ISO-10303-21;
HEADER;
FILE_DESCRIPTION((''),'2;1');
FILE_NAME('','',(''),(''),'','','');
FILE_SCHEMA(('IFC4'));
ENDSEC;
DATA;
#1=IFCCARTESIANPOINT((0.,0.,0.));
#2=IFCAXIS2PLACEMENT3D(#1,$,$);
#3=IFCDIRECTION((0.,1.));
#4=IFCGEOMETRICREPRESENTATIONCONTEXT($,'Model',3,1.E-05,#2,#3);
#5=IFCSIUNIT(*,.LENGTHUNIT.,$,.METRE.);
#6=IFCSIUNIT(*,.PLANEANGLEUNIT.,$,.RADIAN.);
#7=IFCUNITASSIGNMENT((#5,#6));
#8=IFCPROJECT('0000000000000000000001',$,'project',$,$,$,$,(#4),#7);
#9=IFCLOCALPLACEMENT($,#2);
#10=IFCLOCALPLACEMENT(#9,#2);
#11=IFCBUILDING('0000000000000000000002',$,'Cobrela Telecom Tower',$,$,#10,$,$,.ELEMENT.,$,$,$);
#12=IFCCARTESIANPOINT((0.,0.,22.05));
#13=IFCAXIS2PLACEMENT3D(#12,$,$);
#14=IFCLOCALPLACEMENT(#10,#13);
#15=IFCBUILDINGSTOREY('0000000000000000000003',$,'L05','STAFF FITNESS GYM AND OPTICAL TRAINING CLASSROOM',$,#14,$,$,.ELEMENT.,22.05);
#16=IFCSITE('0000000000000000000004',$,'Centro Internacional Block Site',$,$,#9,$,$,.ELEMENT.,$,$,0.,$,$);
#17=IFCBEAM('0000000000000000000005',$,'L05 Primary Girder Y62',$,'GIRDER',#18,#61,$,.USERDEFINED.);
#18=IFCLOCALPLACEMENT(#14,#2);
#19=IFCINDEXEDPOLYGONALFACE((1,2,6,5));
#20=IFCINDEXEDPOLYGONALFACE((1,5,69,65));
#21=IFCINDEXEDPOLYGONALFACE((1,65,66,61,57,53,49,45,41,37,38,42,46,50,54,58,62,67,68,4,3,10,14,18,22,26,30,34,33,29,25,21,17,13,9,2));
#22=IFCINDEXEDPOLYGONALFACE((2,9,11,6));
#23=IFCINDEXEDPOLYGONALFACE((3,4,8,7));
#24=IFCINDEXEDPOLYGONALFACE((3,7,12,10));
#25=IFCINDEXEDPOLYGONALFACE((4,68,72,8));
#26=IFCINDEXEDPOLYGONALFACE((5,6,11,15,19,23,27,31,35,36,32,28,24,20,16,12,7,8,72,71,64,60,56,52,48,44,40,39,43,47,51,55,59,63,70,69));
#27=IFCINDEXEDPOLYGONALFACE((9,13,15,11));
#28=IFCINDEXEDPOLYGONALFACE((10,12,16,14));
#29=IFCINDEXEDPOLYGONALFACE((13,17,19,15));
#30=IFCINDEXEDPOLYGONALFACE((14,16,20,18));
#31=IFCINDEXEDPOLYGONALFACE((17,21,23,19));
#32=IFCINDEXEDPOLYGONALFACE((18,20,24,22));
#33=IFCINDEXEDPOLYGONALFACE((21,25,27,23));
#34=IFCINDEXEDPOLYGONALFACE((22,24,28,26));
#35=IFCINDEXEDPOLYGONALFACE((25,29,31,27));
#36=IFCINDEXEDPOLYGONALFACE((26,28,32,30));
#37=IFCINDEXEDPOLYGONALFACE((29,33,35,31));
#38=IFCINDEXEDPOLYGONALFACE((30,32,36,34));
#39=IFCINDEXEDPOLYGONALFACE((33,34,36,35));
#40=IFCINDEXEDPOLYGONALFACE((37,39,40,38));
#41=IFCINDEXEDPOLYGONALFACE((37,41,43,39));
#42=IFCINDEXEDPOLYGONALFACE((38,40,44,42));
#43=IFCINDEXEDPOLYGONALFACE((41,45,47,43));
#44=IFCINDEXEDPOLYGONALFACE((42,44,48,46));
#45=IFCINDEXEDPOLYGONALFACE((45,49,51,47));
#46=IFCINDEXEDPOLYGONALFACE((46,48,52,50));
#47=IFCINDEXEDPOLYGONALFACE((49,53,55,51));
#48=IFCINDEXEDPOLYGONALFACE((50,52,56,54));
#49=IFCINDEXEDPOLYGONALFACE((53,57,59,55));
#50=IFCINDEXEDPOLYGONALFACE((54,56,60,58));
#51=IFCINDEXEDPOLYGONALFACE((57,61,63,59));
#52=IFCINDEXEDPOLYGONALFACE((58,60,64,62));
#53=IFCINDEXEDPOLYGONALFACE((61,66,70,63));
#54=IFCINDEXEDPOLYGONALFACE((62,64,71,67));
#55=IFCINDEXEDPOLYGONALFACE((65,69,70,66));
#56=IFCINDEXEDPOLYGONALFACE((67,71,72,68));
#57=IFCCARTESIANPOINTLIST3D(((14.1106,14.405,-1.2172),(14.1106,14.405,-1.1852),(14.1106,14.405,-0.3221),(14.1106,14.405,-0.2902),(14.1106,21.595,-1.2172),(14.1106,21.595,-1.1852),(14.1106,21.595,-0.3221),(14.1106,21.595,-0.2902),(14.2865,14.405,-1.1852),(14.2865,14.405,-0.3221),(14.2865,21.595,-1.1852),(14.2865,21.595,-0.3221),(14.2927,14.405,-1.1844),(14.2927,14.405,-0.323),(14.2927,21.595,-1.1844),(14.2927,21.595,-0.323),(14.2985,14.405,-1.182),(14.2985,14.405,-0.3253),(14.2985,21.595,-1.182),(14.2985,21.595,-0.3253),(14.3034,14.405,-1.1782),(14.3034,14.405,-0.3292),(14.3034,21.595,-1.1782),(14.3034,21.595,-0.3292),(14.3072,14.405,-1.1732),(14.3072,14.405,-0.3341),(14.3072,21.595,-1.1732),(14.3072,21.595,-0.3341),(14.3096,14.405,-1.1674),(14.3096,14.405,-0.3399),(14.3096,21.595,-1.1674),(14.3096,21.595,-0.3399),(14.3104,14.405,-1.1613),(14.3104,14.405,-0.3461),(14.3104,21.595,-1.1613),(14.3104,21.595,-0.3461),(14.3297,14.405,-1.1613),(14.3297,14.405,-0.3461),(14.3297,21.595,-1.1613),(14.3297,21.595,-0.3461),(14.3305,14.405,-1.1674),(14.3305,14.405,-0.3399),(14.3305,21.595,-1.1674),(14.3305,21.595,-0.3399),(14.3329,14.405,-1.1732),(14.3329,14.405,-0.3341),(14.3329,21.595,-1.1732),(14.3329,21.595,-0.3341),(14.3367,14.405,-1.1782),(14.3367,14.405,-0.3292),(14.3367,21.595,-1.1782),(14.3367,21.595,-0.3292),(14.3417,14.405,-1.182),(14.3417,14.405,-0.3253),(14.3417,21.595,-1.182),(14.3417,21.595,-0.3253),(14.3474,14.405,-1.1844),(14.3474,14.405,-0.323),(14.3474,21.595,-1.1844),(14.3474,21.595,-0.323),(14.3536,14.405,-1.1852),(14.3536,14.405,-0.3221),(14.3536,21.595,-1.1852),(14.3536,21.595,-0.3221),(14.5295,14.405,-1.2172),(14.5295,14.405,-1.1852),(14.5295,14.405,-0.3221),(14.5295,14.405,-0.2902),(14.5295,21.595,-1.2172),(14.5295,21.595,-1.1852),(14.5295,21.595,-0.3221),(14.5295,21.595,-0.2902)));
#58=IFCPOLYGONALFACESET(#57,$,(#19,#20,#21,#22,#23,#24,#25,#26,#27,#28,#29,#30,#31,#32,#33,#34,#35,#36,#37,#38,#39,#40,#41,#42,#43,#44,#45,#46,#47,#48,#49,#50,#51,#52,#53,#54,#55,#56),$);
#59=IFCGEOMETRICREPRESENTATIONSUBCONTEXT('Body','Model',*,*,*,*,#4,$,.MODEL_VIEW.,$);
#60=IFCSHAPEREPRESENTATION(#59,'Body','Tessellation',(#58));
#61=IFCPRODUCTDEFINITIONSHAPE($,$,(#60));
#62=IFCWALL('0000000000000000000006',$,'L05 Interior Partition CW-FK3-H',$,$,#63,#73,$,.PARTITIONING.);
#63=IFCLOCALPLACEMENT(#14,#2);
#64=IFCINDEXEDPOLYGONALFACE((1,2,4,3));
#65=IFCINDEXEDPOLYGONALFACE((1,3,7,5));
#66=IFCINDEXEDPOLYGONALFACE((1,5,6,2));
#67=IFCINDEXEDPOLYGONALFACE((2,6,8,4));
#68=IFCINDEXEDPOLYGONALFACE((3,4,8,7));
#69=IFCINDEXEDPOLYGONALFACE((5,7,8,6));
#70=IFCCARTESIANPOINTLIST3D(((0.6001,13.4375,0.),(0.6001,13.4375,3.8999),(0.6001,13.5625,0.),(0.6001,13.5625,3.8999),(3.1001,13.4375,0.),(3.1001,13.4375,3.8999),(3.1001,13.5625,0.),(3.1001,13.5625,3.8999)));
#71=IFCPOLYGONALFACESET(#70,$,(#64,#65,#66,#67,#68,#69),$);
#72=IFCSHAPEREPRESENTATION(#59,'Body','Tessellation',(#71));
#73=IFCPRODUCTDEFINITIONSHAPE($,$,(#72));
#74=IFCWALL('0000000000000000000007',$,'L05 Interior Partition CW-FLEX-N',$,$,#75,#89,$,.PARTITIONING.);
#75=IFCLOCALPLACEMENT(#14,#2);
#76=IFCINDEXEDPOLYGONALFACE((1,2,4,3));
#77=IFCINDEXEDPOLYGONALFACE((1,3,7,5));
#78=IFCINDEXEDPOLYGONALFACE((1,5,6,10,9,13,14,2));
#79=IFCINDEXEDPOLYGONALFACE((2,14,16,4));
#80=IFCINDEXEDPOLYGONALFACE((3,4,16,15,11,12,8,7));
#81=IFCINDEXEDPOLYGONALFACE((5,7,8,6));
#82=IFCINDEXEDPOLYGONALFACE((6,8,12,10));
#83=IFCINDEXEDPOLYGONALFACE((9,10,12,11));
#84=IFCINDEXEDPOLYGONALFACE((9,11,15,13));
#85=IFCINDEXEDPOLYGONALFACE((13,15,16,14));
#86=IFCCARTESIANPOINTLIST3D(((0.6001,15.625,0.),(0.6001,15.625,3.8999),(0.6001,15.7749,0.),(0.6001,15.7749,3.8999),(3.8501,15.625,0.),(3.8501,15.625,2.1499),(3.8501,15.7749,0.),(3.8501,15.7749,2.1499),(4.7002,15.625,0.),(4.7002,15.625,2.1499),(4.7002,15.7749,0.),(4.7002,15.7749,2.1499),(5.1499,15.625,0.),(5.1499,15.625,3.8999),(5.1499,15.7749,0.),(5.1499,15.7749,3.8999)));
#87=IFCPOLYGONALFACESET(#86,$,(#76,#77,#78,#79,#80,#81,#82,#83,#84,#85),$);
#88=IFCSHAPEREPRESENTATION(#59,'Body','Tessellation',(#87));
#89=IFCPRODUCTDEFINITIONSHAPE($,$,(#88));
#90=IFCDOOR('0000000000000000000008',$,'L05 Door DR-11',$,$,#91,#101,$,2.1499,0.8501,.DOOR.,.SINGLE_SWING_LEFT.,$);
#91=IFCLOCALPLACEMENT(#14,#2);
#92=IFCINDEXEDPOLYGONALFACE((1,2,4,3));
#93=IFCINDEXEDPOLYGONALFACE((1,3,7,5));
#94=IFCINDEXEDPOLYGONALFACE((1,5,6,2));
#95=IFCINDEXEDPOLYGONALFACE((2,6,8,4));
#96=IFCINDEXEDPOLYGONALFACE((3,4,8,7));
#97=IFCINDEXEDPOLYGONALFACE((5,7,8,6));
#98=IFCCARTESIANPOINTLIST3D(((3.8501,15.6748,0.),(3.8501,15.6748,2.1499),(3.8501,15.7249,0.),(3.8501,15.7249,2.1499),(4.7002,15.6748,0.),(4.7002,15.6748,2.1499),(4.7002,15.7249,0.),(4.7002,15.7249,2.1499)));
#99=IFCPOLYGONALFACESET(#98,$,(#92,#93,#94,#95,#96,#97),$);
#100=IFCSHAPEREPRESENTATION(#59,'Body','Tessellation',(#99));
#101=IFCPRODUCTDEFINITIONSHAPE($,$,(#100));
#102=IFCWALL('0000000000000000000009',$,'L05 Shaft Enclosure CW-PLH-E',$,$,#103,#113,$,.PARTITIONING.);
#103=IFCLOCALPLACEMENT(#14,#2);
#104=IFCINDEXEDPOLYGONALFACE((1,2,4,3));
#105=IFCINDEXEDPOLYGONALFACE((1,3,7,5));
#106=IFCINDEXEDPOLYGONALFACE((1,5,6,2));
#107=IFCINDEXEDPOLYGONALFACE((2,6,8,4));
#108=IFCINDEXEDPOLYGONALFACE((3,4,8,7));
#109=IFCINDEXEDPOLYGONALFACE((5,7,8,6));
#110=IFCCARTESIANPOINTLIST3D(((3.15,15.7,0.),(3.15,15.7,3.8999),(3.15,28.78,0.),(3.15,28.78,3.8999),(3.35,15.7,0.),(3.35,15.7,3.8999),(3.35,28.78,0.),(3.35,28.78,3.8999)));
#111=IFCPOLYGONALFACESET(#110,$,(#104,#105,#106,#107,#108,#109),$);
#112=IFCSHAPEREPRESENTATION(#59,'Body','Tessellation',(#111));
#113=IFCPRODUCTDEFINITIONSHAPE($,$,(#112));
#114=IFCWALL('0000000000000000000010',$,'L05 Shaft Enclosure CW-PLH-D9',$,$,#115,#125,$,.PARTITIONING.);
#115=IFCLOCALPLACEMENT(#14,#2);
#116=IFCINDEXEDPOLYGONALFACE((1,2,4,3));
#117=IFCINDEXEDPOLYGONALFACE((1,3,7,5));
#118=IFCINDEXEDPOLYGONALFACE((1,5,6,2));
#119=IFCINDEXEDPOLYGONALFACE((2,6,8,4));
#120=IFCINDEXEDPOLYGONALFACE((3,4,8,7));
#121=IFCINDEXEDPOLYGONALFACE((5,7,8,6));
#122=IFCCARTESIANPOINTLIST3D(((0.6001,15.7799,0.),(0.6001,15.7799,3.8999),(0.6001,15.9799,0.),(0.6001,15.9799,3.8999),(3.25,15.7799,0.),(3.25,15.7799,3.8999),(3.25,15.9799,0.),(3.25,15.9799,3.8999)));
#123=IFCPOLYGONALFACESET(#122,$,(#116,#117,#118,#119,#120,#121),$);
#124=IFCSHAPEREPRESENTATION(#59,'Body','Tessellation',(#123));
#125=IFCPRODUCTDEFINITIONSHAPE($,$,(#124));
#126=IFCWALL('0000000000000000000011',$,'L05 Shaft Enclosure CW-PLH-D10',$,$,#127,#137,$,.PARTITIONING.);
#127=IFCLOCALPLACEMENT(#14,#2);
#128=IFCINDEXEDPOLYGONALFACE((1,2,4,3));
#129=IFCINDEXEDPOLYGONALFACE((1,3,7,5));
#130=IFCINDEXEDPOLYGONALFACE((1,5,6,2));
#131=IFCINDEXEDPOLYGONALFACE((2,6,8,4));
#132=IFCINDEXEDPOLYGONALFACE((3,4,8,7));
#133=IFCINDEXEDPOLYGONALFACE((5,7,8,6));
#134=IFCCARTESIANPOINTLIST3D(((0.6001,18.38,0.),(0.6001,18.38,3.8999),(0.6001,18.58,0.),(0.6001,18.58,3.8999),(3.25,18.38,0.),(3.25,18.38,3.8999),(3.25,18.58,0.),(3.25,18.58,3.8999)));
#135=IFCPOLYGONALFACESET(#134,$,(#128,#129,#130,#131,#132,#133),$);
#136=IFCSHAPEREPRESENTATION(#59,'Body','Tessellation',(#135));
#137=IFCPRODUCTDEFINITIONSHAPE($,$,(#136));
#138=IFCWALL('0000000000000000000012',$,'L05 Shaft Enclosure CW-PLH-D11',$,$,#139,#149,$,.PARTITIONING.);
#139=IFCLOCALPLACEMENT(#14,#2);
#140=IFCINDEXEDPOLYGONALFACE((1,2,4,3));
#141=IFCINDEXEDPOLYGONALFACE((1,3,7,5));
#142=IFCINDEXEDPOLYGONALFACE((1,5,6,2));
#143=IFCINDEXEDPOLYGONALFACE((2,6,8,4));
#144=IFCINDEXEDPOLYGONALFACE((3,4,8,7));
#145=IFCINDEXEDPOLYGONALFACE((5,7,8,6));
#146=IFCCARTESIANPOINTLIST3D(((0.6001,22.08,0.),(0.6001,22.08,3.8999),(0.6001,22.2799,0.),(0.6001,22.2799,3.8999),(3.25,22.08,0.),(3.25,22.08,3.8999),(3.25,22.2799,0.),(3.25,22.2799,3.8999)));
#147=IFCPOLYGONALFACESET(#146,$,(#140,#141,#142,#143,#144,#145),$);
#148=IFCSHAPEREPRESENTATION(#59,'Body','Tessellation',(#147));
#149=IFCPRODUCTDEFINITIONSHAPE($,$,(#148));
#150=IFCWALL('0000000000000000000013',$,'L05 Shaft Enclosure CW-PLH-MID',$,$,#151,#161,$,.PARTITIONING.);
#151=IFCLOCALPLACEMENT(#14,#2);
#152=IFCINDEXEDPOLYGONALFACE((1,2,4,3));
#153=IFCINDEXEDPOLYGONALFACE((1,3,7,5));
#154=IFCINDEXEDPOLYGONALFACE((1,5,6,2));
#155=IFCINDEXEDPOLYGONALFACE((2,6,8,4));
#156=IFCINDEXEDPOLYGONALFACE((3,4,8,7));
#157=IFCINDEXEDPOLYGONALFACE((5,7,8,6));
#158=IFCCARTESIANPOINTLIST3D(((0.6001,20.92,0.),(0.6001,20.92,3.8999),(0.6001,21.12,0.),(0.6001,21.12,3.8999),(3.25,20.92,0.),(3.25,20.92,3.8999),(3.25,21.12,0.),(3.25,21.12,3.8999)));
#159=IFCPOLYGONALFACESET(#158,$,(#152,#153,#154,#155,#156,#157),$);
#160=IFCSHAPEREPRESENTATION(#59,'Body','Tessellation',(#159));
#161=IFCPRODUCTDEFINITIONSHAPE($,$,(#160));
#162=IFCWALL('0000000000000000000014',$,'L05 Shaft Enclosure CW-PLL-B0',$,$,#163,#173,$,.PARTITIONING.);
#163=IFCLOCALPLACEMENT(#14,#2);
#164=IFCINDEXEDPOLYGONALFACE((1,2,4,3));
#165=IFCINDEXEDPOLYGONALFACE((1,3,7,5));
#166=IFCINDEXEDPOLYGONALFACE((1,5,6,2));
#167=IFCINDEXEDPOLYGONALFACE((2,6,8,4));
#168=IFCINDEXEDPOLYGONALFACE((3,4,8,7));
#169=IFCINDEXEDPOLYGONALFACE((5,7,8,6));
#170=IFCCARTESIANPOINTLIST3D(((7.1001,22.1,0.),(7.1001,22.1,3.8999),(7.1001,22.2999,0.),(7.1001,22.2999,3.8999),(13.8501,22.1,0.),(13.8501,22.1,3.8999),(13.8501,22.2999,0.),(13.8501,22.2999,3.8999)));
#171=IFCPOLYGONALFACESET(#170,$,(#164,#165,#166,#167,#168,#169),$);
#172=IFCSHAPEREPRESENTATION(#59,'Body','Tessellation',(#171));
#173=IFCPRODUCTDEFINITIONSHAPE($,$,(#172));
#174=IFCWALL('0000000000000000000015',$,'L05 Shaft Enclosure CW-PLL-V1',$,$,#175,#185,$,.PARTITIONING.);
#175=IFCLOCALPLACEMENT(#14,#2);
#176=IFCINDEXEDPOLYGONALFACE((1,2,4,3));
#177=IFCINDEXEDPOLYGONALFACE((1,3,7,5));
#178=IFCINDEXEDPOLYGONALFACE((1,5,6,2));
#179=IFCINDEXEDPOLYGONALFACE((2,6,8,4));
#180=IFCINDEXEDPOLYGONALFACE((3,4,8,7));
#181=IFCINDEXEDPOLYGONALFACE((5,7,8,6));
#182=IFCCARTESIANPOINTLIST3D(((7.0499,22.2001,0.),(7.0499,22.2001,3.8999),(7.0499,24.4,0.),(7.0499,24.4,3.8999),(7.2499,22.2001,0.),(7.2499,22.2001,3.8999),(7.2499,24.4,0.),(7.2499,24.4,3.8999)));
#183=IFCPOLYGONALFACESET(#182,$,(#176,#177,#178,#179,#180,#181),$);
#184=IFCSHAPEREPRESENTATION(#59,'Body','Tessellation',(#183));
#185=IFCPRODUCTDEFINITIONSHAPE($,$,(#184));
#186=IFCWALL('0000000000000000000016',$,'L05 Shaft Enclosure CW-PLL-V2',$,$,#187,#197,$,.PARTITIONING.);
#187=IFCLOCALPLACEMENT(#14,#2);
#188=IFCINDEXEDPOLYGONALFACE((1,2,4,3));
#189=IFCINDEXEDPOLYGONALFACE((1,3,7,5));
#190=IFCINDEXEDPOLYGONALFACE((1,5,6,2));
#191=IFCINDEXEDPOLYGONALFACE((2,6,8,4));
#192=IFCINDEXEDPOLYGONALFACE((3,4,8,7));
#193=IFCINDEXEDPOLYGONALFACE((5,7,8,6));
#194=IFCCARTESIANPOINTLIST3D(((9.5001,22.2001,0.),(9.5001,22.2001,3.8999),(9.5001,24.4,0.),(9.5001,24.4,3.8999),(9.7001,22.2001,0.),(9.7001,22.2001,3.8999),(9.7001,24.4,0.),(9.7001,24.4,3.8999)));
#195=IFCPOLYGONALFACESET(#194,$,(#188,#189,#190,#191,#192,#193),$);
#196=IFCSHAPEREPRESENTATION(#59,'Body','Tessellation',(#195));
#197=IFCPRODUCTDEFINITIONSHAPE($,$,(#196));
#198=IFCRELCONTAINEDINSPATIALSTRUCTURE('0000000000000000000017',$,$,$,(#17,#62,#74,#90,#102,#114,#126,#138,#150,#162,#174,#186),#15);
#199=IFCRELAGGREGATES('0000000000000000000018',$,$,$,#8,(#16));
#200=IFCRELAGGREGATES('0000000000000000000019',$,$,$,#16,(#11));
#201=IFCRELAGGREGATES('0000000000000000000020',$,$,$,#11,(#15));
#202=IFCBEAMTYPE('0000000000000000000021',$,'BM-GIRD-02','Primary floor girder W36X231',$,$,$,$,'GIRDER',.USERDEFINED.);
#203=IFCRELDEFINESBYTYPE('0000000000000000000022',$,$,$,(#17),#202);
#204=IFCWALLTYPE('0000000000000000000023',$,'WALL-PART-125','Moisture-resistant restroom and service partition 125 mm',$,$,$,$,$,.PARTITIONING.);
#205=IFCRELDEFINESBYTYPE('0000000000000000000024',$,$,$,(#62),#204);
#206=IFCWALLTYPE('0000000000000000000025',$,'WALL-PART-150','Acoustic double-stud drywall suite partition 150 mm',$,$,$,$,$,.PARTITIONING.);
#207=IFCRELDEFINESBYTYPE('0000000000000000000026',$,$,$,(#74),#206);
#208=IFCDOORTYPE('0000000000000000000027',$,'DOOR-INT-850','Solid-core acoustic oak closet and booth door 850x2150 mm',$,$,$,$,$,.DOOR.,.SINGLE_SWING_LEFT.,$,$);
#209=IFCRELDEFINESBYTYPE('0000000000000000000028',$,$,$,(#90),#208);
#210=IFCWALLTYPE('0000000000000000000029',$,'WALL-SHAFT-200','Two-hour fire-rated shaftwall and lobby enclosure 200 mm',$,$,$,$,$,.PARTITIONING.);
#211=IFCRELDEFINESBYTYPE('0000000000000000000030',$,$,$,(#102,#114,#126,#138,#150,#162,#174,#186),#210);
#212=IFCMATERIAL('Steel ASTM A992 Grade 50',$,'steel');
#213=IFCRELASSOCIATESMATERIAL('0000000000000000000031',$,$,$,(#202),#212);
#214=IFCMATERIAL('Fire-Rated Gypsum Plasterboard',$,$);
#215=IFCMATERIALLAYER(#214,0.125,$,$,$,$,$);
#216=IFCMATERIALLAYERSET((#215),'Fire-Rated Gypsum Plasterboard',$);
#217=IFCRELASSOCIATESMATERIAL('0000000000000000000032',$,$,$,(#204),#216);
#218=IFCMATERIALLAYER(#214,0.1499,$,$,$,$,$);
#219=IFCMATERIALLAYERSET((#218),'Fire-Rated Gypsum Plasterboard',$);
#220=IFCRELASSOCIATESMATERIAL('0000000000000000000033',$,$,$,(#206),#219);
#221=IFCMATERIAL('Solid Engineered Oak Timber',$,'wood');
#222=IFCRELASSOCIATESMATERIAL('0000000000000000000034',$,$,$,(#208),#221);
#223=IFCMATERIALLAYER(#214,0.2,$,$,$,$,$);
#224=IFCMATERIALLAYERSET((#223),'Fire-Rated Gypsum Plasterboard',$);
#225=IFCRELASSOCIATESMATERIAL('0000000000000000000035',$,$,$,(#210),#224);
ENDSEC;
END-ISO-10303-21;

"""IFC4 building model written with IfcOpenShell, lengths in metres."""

from ifc_helpers import new_model, si_unit, direction, frame, frame_2d, origin, origin_2d, place, context, subcontext, project, spatial, rectangle, i_section, extrude, material, layer, layer_set, material_profile, profile_set, type_object, element, fill, save


model = new_model("IFC4")

# Units and contexts
model_context = context("Model", 3, precision=1e-05, world=origin(), true_north=direction((0.0, 1.0)))
body_context = subcontext(model_context, "Body", "Model", "MODEL_VIEW")
ifc_project = project(units=[si_unit("LENGTHUNIT", "METRE"), si_unit("PLANEANGLEUNIT", "RADIAN")], contexts=[model_context])

# Site, building, storey
site_placement = place(None, origin())
site = spatial("IfcSite", under=ifc_project, at=site_placement, Name="Centro Internacional Block Site", CompositionType="ELEMENT", RefElevation=0.0)
building_placement = place(site_placement, origin())
building = spatial("IfcBuilding", under=site, at=building_placement, Name="Cobrela Telecom Tower", CompositionType="ELEMENT")
storey_placement = place(building_placement, frame((0.0, 0.0, 22.05)))
storey = spatial("IfcBuildingStorey", under=building, at=storey_placement, Name="L05", Description="STAFF FITNESS GYM AND OPTICAL TRAINING CLASSROOM", CompositionType="ELEMENT", Elevation=22.05)

# Beam
ifc_material_1 = material(Name="Steel ASTM A992 Grade 50", Category="steel")
ifc_material_profile = material_profile(ifc_material_1, i_section(OverallWidth=0.4189, OverallDepth=0.927, WebThickness=0.0193, FlangeThickness=0.032, FilletRadius=0.0239, at=origin_2d()), Name="W36X231")
ifc_profile_set = profile_set([ifc_material_profile], Name="Steel ASTM A992 Grade 50")
beam_type = type_object("IfcBeamType", Name="BM-GIRD-02", Description="Primary floor girder W36X231", ElementType="GIRDER", PredefinedType="USERDEFINED", material=ifc_profile_set)
beam_placement = place(storey_placement, frame((14.3201, 14.405, -0.7537), z_axis=(0.0, 1.0, 0.0), x_axis=(-1.0, 0.0, 0.0)))
element("IfcBeam", 1, at=beam_placement, inside=storey, type_object=beam_type, Name="L05 Primary Girder Y62", ObjectType="GIRDER", PredefinedType="USERDEFINED", context=body_context, shape_type="SweptSolid", body=[
    extrude(i_section(OverallWidth=0.4189, OverallDepth=0.927, WebThickness=0.0193, FlangeThickness=0.032, FilletRadius=0.0239, at=origin_2d()), origin(), (0.0, 0.0, 1.0), 7.1899),
])

# Wall
ifc_material_2 = material(Name="Fire-Rated Gypsum Plasterboard")
ifc_layer_1 = layer(ifc_material_2, 0.125)
ifc_layer_set_1 = layer_set([ifc_layer_1], Name="Fire-Rated Gypsum Plasterboard")
wall_type_1 = type_object("IfcWallType", Name="WALL-PART-125", Description="Moisture-resistant restroom and service partition 125 mm", PredefinedType="PARTITIONING", material=ifc_layer_set_1)
wall_1_placement = place(storey_placement, frame((0.6001, 13.5, 0.0), z_axis=(0.0, 0.0, 1.0), x_axis=(1.0, 0.0, 0.0)))
element("IfcWall", 2, at=wall_1_placement, inside=storey, type_object=wall_type_1, Name="L05 Interior Partition CW-FK3-H", PredefinedType="PARTITIONING", context=body_context, shape_type="SweptSolid", body=[
    extrude(rectangle(XDim=2.5, YDim=0.125, at=frame_2d((1.25, 0.0))), origin(), (0.0, 0.0, 1.0), 3.8999),
])

# Wall, opening, door
ifc_layer_2 = layer(ifc_material_2, 0.1499)
ifc_layer_set_2 = layer_set([ifc_layer_2], Name="Fire-Rated Gypsum Plasterboard")
wall_type_2 = type_object("IfcWallType", Name="WALL-PART-150", Description="Acoustic double-stud drywall suite partition 150 mm", PredefinedType="PARTITIONING", material=ifc_layer_set_2)
wall_2_placement = place(storey_placement, frame((0.6001, 15.7, 0.0), z_axis=(0.0, 0.0, 1.0), x_axis=(1.0, 0.0, 0.0)))
wall_2 = element("IfcWall", 3, at=wall_2_placement, inside=storey, type_object=wall_type_2, Name="L05 Interior Partition CW-FLEX-N", PredefinedType="PARTITIONING", context=body_context, shape_type="SweptSolid", body=[
    extrude(rectangle(XDim=4.5498, YDim=0.1499, at=frame_2d((2.2749, 0.0))), origin(), (0.0, 0.0, 1.0), 3.8999),
])
opening_placement = place(wall_2_placement, frame((3.25, 0.0, 0.0)))
opening = element("IfcOpeningElement", 4, at=opening_placement, cuts=wall_2, PredefinedType="OPENING", context=body_context, shape_type="SweptSolid", body=[
    extrude(rectangle(XDim=0.8501, YDim=2.1499, at=frame_2d((0.425, 1.075))), frame((0.0, 0.0869, 0.0), z_axis=(0.0, -1.0, 0.0), x_axis=(1.0, 0.0, 0.0)), (0.0, 0.0, 1.0), 0.1738),
])
ifc_material_3 = material(Name="Solid Engineered Oak Timber", Category="wood")
door_type = type_object("IfcDoorType", Name="DOOR-INT-850", Description="Solid-core acoustic oak closet and booth door 850x2150 mm", OperationType="SINGLE_SWING_LEFT", PredefinedType="DOOR", material=ifc_material_3)
door_placement = place(opening_placement, origin())
door = element("IfcDoor", 5, at=door_placement, inside=storey, type_object=door_type, Name="L05 Door DR-11", OperationType="SINGLE_SWING_LEFT", OverallHeight=2.1499, OverallWidth=0.8501, PredefinedType="DOOR", context=body_context, shape_type="SweptSolid", body=[
    extrude(rectangle(XDim=0.8501, YDim=2.1499, at=frame_2d((0.425, 1.075))), frame((0.0, 0.0249, 0.0), z_axis=(0.0, -1.0, 0.0), x_axis=(1.0, 0.0, 0.0)), (0.0, 0.0, 1.0), 0.05),
])
fill(opening, door)

# Walls
ifc_layer_3 = layer(ifc_material_2, 0.2)
ifc_layer_set_3 = layer_set([ifc_layer_3], Name="Fire-Rated Gypsum Plasterboard")
wall_type_3 = type_object("IfcWallType", Name="WALL-SHAFT-200", Description="Two-hour fire-rated shaftwall and lobby enclosure 200 mm", PredefinedType="PARTITIONING", material=ifc_layer_set_3)
wall_3_placement = place(storey_placement, frame((3.25, 15.7, 0.0), z_axis=(0.0, 0.0, 1.0), x_axis=(0.0, 1.0, 0.0)))
element("IfcWall", 6, at=wall_3_placement, inside=storey, type_object=wall_type_3, Name="L05 Shaft Enclosure CW-PLH-E", PredefinedType="PARTITIONING", context=body_context, shape_type="SweptSolid", body=[
    extrude(rectangle(XDim=13.0801, YDim=0.2, at=frame_2d((6.54, 0.0))), origin(), (0.0, 0.0, 1.0), 3.8999),
])
for number, where, z_axis, x_axis, name in (
    (7, (0.6001, 15.8799, 0.0), (0.0, 0.0, 1.0), (1.0, 0.0, 0.0), "L05 Shaft Enclosure CW-PLH-D9"),
    (8, (0.6001, 18.48, 0.0), (0.0, 0.0, 1.0), (1.0, 0.0, 0.0), "L05 Shaft Enclosure CW-PLH-D10"),
    (9, (0.6001, 22.1799, 0.0), (0.0, 0.0, 1.0), (1.0, 0.0, 0.0), "L05 Shaft Enclosure CW-PLH-D11"),
    (10, (0.6001, 21.02, 0.0), (0.0, 0.0, 1.0), (1.0, 0.0, 0.0), "L05 Shaft Enclosure CW-PLH-MID"),
):
    element("IfcWall", number, at=place(storey_placement, frame(where, z_axis=z_axis, x_axis=x_axis)), inside=storey, type_object=wall_type_3, Name=name, PredefinedType="PARTITIONING", context=body_context, shape_type="SweptSolid", body=[
        extrude(rectangle(XDim=2.6499, YDim=0.2, at=frame_2d((1.325, 0.0))), origin(), (0.0, 0.0, 1.0), 3.8999),
    ])
wall_4_placement = place(storey_placement, frame((7.1001, 22.2, 0.0), z_axis=(0.0, 0.0, 1.0), x_axis=(1.0, 0.0, 0.0)))
element("IfcWall", 11, at=wall_4_placement, inside=storey, type_object=wall_type_3, Name="L05 Shaft Enclosure CW-PLL-B0", PredefinedType="PARTITIONING", context=body_context, shape_type="SweptSolid", body=[
    extrude(rectangle(XDim=6.75, YDim=0.2, at=frame_2d((3.375, 0.0))), origin(), (0.0, 0.0, 1.0), 3.8999),
])
for number, where, z_axis, x_axis, name in (
    (12, (7.1499, 22.2, 0.0), (0.0, 0.0, 1.0), (0.0, 1.0, 0.0), "L05 Shaft Enclosure CW-PLL-V1"),
    (13, (9.6001, 22.2, 0.0), (0.0, 0.0, 1.0), (0.0, 1.0, 0.0), "L05 Shaft Enclosure CW-PLL-V2"),
):
    element("IfcWall", number, at=place(storey_placement, frame(where, z_axis=z_axis, x_axis=x_axis)), inside=storey, type_object=wall_type_3, Name=name, PredefinedType="PARTITIONING", context=body_context, shape_type="SweptSolid", body=[
        extrude(rectangle(XDim=2.2, YDim=0.2, at=frame_2d((1.1001, 0.0))), origin(), (0.0, 0.0, 1.0), 3.8999),
    ])

save(model, "model.ifc")
